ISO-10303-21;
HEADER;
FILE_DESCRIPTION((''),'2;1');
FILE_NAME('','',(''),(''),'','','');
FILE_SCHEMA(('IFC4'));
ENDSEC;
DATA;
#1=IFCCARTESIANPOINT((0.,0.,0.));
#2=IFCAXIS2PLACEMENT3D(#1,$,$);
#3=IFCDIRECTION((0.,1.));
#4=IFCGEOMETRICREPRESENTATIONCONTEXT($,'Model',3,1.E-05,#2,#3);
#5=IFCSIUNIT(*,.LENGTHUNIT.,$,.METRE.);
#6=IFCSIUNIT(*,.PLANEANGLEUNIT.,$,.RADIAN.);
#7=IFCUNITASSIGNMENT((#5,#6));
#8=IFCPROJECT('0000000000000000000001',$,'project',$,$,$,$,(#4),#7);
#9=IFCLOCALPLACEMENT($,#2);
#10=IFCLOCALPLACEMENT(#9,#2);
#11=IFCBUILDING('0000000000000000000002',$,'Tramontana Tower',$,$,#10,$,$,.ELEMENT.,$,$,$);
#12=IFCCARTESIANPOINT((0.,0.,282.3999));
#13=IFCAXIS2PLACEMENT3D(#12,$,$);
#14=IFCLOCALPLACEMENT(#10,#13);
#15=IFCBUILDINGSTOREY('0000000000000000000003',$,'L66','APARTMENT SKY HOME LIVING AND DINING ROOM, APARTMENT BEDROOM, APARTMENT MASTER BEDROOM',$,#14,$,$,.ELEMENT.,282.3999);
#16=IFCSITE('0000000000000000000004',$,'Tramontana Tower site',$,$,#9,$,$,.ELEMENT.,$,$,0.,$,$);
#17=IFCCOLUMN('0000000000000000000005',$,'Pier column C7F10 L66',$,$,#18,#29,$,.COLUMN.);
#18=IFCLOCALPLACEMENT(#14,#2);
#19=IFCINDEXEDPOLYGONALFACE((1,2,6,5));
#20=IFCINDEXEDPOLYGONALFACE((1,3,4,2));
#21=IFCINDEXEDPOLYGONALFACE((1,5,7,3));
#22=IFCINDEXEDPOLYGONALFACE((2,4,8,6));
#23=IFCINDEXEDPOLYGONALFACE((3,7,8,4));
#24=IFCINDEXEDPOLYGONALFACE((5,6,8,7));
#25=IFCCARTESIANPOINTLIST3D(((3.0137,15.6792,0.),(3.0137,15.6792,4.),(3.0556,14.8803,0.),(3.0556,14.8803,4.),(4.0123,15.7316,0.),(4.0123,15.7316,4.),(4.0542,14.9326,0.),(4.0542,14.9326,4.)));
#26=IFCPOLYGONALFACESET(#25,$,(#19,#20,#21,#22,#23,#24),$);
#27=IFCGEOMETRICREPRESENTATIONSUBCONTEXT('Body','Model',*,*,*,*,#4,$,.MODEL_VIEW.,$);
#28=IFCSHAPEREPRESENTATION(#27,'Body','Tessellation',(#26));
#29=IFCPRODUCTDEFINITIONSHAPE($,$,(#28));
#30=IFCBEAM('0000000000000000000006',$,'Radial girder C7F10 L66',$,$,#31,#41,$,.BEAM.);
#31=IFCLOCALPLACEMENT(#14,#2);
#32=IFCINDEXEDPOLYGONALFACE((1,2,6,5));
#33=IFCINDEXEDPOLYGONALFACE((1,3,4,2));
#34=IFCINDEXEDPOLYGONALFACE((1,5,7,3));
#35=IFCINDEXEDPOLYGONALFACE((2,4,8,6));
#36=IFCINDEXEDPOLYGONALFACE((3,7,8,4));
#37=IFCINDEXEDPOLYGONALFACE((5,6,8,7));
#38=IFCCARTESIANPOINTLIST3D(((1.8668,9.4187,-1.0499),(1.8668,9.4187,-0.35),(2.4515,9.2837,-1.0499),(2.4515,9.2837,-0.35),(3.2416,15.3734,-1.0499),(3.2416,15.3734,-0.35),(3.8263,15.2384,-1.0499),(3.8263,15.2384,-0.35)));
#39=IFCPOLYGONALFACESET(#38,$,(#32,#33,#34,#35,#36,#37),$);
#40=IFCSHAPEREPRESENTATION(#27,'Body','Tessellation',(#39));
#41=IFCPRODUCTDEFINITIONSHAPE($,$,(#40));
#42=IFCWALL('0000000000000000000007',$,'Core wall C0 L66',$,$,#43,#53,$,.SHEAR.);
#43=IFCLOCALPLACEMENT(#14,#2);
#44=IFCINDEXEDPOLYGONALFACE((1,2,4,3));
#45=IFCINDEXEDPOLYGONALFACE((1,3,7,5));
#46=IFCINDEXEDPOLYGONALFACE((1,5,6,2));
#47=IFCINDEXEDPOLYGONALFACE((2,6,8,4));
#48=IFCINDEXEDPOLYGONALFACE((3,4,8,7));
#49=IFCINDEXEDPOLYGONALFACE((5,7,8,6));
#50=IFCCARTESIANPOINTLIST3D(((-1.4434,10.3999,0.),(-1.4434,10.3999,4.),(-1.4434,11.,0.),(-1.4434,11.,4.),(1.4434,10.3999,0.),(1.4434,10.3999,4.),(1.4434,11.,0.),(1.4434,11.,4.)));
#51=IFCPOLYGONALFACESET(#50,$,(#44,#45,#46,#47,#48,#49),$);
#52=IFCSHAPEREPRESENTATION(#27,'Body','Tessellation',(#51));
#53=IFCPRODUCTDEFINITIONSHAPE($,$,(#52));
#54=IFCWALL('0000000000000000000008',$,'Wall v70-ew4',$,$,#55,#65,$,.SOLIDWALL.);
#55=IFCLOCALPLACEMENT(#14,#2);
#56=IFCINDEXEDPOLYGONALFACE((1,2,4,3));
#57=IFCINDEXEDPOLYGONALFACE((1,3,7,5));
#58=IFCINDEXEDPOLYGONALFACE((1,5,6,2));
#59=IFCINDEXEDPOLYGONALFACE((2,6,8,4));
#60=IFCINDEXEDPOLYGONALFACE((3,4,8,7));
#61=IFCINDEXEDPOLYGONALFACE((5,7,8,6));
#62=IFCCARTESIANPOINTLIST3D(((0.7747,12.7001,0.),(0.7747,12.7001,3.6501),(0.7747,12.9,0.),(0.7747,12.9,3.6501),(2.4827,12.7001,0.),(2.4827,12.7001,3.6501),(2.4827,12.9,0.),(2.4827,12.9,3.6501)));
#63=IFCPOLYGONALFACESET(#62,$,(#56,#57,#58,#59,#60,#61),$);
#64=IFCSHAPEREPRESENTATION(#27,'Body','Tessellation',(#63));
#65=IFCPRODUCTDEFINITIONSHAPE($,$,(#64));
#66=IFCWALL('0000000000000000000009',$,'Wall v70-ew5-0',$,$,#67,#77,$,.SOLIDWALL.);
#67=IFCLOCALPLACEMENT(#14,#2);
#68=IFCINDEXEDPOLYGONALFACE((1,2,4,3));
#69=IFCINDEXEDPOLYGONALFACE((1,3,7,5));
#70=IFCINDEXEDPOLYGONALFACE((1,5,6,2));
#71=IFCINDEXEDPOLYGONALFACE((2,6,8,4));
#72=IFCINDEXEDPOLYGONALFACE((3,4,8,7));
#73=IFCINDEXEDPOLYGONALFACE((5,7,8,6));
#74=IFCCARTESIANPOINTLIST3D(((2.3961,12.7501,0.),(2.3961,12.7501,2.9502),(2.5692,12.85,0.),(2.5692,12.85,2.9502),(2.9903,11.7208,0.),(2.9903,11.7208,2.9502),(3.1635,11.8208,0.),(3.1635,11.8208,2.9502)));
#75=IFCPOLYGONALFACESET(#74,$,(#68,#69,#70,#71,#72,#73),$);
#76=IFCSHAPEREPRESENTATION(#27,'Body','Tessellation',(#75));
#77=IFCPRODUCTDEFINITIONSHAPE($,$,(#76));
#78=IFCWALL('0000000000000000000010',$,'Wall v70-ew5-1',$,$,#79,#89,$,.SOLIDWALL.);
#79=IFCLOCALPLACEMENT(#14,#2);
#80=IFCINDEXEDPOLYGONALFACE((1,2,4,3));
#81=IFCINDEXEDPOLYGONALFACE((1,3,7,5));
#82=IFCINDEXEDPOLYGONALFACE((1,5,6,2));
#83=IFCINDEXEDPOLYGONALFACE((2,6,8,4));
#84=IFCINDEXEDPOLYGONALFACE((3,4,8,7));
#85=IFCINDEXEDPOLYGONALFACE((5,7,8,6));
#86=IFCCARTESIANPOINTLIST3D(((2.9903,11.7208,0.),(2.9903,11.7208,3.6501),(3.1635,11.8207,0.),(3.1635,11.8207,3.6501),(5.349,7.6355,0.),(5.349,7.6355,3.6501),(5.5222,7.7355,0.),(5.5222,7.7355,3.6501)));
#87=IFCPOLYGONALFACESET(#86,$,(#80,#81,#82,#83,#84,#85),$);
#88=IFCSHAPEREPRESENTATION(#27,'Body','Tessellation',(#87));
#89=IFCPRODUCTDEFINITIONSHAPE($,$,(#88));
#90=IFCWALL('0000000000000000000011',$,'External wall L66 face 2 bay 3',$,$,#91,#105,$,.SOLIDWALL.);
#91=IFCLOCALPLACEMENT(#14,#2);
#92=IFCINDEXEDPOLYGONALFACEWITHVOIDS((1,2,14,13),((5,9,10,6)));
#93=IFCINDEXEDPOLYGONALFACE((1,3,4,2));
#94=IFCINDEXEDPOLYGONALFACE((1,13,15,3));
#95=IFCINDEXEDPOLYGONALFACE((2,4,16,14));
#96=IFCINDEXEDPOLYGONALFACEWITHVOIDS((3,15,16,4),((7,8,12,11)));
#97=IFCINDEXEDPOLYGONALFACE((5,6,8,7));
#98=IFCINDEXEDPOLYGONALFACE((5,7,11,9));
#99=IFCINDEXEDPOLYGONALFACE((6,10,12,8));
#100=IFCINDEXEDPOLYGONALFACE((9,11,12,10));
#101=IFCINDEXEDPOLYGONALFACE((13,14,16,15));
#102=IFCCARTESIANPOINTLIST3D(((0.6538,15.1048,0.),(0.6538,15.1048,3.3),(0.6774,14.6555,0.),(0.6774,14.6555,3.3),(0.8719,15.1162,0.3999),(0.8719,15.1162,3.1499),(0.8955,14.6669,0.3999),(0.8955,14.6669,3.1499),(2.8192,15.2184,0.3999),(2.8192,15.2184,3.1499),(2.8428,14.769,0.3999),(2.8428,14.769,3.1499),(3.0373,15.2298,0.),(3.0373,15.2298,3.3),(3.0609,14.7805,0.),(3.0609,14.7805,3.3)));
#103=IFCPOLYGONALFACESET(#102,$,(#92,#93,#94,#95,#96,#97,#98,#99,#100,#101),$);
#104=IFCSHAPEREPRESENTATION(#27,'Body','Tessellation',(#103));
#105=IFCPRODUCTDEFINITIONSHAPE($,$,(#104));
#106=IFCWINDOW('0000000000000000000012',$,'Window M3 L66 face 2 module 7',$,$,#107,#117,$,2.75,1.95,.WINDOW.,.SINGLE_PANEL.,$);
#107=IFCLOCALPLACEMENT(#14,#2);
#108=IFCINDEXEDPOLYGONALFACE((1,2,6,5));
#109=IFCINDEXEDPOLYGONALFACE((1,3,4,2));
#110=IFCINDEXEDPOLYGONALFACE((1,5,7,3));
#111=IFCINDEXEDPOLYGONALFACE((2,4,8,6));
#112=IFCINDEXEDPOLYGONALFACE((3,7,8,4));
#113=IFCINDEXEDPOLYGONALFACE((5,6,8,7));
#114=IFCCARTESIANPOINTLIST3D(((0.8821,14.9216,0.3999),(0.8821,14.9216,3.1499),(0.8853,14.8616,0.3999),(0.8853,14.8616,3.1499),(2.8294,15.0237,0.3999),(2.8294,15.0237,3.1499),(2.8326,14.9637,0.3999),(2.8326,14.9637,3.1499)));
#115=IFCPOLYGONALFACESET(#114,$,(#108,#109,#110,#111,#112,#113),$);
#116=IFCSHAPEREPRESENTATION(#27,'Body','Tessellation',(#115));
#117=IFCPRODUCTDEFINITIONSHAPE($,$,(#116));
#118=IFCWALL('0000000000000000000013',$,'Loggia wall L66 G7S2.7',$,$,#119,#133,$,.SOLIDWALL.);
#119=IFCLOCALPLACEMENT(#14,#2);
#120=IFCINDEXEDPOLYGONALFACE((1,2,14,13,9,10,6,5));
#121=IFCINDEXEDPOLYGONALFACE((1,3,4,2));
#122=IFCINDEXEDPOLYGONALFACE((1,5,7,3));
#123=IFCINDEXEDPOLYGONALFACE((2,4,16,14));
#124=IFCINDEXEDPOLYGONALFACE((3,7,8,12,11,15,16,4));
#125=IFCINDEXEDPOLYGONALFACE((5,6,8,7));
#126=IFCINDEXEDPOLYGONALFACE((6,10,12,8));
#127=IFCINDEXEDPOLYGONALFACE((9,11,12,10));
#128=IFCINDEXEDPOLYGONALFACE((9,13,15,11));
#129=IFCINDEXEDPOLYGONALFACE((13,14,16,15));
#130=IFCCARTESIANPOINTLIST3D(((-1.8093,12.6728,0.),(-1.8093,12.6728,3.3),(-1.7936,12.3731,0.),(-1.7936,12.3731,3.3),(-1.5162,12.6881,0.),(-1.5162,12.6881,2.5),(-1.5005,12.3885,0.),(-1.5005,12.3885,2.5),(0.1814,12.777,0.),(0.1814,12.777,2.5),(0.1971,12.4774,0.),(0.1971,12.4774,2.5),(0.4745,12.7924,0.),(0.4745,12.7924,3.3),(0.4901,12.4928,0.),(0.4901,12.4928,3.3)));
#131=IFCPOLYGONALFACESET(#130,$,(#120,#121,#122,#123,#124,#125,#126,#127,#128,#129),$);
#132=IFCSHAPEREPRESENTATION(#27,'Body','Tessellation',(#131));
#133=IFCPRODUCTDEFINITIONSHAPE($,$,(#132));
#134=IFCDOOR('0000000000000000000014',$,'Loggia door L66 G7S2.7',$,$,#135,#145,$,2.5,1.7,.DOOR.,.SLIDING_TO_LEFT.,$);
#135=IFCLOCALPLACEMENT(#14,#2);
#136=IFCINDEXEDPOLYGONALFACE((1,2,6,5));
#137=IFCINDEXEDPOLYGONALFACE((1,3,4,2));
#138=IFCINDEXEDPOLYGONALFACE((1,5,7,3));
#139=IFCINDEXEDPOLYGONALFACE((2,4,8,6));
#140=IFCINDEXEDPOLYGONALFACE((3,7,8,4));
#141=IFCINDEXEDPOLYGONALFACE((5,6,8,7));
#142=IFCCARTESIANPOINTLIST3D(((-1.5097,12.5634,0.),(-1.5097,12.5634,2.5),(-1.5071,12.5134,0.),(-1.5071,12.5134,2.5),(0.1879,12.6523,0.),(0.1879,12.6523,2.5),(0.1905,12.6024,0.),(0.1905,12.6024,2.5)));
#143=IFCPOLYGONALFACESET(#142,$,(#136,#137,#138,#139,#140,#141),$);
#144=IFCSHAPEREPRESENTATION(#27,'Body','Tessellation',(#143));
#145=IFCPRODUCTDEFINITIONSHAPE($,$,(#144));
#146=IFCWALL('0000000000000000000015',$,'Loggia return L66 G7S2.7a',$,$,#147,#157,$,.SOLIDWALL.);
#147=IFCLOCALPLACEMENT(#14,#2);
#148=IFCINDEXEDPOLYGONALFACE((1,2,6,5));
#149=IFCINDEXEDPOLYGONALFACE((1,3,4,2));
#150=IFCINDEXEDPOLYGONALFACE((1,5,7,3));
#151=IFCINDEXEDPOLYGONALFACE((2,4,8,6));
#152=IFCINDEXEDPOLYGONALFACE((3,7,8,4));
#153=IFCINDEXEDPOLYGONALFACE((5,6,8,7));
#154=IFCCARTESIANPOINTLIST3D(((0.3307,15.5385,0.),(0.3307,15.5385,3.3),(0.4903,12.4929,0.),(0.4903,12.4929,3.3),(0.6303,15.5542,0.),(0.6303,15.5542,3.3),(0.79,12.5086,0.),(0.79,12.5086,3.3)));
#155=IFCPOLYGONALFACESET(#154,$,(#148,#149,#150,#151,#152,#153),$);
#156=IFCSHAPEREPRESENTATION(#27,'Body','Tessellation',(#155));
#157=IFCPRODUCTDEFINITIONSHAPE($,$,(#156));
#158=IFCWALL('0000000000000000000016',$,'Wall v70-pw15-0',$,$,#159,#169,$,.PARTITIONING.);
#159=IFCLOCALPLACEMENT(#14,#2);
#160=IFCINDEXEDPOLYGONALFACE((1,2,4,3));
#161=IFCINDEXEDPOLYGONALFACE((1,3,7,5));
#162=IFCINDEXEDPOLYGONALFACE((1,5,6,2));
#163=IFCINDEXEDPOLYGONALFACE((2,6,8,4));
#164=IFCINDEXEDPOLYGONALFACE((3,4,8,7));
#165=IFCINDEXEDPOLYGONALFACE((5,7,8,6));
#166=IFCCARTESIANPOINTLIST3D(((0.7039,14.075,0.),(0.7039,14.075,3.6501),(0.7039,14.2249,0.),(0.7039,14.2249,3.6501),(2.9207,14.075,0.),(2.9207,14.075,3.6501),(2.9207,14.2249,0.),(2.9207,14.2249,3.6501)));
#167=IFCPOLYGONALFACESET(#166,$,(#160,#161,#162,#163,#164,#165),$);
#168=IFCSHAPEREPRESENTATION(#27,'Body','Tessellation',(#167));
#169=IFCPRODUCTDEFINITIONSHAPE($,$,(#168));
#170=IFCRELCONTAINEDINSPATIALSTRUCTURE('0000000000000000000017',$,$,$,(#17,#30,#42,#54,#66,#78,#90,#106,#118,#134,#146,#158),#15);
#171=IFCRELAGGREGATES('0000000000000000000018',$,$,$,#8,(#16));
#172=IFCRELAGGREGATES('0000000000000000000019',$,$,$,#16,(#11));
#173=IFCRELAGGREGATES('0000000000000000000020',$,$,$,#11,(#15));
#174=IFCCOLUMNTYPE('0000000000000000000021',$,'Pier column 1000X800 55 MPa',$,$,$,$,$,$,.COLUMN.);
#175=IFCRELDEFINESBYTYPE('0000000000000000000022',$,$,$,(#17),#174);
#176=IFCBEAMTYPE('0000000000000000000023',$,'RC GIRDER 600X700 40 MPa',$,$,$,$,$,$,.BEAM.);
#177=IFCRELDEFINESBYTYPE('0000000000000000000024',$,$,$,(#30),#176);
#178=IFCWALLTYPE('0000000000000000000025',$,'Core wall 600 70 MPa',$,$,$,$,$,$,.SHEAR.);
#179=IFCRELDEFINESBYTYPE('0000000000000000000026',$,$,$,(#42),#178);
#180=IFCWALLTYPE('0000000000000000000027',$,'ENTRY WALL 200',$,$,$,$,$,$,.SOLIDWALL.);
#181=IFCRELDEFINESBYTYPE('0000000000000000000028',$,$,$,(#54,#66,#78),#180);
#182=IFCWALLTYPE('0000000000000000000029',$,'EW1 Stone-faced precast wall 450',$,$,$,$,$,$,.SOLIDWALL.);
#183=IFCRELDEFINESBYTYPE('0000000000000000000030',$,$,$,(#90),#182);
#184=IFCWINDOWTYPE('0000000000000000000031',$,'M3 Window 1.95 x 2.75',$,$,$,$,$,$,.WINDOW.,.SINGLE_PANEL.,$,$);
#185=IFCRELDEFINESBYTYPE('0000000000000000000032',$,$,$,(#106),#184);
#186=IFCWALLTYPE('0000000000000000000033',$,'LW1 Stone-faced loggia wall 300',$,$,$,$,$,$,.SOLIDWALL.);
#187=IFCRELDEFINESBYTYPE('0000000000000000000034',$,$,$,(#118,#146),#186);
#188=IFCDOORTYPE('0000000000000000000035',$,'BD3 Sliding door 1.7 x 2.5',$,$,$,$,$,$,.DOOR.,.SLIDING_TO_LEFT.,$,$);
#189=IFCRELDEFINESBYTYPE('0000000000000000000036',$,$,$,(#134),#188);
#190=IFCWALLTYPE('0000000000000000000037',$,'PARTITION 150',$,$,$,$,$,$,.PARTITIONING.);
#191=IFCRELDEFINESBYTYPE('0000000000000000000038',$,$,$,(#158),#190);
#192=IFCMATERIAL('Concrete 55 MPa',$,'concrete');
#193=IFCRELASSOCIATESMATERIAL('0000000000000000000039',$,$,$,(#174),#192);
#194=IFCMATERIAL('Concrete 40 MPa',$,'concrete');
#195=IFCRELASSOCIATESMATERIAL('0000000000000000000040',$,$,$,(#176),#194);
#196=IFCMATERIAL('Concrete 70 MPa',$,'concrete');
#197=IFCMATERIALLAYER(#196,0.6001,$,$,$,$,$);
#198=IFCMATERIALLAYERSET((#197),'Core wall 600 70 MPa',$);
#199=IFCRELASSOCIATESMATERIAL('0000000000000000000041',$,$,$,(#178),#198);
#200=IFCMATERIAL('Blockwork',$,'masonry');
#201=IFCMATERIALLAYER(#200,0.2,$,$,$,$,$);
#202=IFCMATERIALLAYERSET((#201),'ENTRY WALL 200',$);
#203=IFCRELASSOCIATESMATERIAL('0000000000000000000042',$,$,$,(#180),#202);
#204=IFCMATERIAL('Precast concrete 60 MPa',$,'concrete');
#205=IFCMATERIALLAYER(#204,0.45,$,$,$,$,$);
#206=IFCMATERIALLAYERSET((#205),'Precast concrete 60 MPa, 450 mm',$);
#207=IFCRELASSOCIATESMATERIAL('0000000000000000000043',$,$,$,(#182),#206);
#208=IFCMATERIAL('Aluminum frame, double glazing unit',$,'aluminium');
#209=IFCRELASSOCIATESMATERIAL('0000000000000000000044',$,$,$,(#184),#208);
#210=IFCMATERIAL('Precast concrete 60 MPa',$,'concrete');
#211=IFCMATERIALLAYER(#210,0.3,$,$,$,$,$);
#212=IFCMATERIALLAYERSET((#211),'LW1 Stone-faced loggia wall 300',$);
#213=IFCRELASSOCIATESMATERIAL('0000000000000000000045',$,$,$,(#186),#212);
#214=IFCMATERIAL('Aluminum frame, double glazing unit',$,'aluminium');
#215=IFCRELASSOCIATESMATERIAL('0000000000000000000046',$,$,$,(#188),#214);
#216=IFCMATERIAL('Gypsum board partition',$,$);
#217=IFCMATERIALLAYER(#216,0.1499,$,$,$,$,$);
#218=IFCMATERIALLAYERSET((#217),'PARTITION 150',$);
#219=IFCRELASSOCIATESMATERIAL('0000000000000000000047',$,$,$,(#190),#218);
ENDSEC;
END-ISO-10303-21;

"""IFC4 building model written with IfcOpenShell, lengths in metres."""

from ifc_helpers import new_model, si_unit, direction, frame, frame_2d, origin, origin_2d, place, context, subcontext, project, spatial, rectangle, extrude, material, layer, layer_set, material_profile, profile_set, type_object, element, fill, save


model = new_model("IFC4")

# Units and contexts
model_context = context("Model", 3, precision=1e-05, world=origin(), true_north=direction((0.0, 1.0)))
body_context = subcontext(model_context, "Body", "Model", "MODEL_VIEW")
ifc_project = project(units=[si_unit("LENGTHUNIT", "METRE"), si_unit("PLANEANGLEUNIT", "RADIAN")], contexts=[model_context])

# Site, building, storey
site_placement = place(None, origin())
site = spatial("IfcSite", under=ifc_project, at=site_placement, Name="Tramontana Tower site", CompositionType="ELEMENT", RefElevation=0.0)
building_placement = place(site_placement, origin())
building = spatial("IfcBuilding", under=site, at=building_placement, Name="Tramontana Tower", CompositionType="ELEMENT")
storey_placement = place(building_placement, frame((0.0, 0.0, 282.3999)))
storey = spatial("IfcBuildingStorey", under=building, at=storey_placement, Name="L66", Description="APARTMENT SKY HOME LIVING AND DINING ROOM, APARTMENT BEDROOM, APARTMENT MASTER BEDROOM", CompositionType="ELEMENT", Elevation=282.3999)

# Column
ifc_material_1 = material(Name="Concrete 55 MPa", Category="concrete")
ifc_material_profile_1 = material_profile(ifc_material_1, rectangle(XDim=1.0, YDim=0.8, at=origin_2d()), Name="Pier column 1000X800 55 MPa")
ifc_profile_set_1 = profile_set([ifc_material_profile_1], Name="Concrete 55 MPa")
column_type = type_object("IfcColumnType", Name="Pier column 1000X800 55 MPa", PredefinedType="COLUMN", material=ifc_profile_set_1)
column_placement = place(storey_placement, frame((3.5339, 15.3059, 0.0), z_axis=(0.0, 0.0, 1.0), x_axis=(-0.99863, -0.052336, 0.0)))
element("IfcColumn", 1, at=column_placement, inside=storey, type_object=column_type, Name="Pier column C7F10 L66", PredefinedType="COLUMN", context=body_context, shape_type="SweptSolid", body=[
    extrude(rectangle(XDim=1.0, YDim=0.8, at=origin_2d()), origin(), (0.0, 0.0, 1.0), 4.0),
])

# Beam
ifc_material_2 = material(Name="Concrete 40 MPa", Category="concrete")
ifc_material_profile_2 = material_profile(ifc_material_2, rectangle(XDim=0.6001, YDim=0.7, at=origin_2d()), Name="RC GIRDER 600X700 40 MPa")
ifc_profile_set_2 = profile_set([ifc_material_profile_2], Name="Concrete 40 MPa")
beam_type = type_object("IfcBeamType", Name="RC GIRDER 600X700 40 MPa", PredefinedType="BEAM", material=ifc_profile_set_2)
beam_placement = place(storey_placement, frame((3.5339, 15.3059, -0.7), z_axis=(-0.224956, -0.974369, 0.0), x_axis=(0.974369, -0.224956, 0.0)))
element("IfcBeam", 2, at=beam_placement, inside=storey, type_object=beam_type, Name="Radial girder C7F10 L66", PredefinedType="BEAM", context=body_context, shape_type="SweptSolid", body=[
    extrude(rectangle(XDim=0.6001, YDim=0.7, at=origin_2d()), origin(), (0.0, 0.0, 1.0), 6.1113),
])

# Walls
ifc_material_3 = material(Name="Concrete 70 MPa", Category="concrete")
ifc_layer_1 = layer(ifc_material_3, 0.6001)
ifc_layer_set_1 = layer_set([ifc_layer_1], Name="Core wall 600 70 MPa")
wall_type_1 = type_object("IfcWallType", Name="Core wall 600 70 MPa", PredefinedType="SHEAR", material=ifc_layer_set_1)
wall_1_placement = place(storey_placement, frame((1.4434, 10.7, 0.0), z_axis=(0.0, 0.0, 1.0), x_axis=(-1.0, 0.0, 0.0)))
element("IfcWall", 3, at=wall_1_placement, inside=storey, type_object=wall_type_1, Name="Core wall C0 L66", PredefinedType="SHEAR", context=body_context, shape_type="SweptSolid", body=[
    extrude(rectangle(XDim=2.8867, YDim=0.6001, at=frame_2d((1.4434, 0.0))), origin(), (0.0, 0.0, 1.0), 4.0),
])
ifc_material_4 = material(Name="Blockwork", Category="masonry")
ifc_layer_2 = layer(ifc_material_4, 0.2)
ifc_layer_set_2 = layer_set([ifc_layer_2], Name="ENTRY WALL 200")
wall_type_2 = type_object("IfcWallType", Name="ENTRY WALL 200", PredefinedType="SOLIDWALL", material=ifc_layer_set_2)
wall_2_placement = place(storey_placement, frame((0.7747, 12.8, 0.0), z_axis=(0.0, 0.0, 1.0), x_axis=(1.0, 0.0, 0.0)))
element("IfcWall", 4, at=wall_2_placement, inside=storey, type_object=wall_type_2, Name="Wall v70-ew4", PredefinedType="SOLIDWALL", context=body_context, shape_type="SweptSolid", body=[
    extrude(rectangle(XDim=1.708, YDim=0.2, at=frame_2d((0.854, 0.0))), origin(), (0.0, 0.0, 1.0), 3.6501),
])
wall_3_placement = place(storey_placement, frame((2.4827, 12.8, 0.0), z_axis=(0.0, 0.0, 1.0), x_axis=(0.499983, -0.866035, 0.0)))
element("IfcWall", 5, at=wall_3_placement, inside=storey, type_object=wall_type_2, Name="Wall v70-ew5-0", PredefinedType="SOLIDWALL", context=body_context, shape_type="SweptSolid", body=[
    extrude(rectangle(XDim=1.1885, YDim=0.2, at=frame_2d((0.5942, 0.0))), origin(), (0.0, 0.0, 1.0), 2.9502),
])
wall_4_placement = place(storey_placement, frame((3.0769, 11.7708, 0.0), z_axis=(0.0, 0.0, 1.0), x_axis=(0.500008, -0.866021, 0.0)))
element("IfcWall", 6, at=wall_4_placement, inside=storey, type_object=wall_type_2, Name="Wall v70-ew5-1", PredefinedType="SOLIDWALL", context=body_context, shape_type="SweptSolid", body=[
    extrude(rectangle(XDim=4.7173, YDim=0.2, at=frame_2d((2.3586, 0.0))), origin(), (0.0, 0.0, 1.0), 3.6501),
])

# Wall, opening, window
ifc_material_5 = material(Name="Precast concrete 60 MPa", Category="concrete")
ifc_layer_3 = layer(ifc_material_5, 0.45)
ifc_layer_set_3 = layer_set([ifc_layer_3], Name="Precast concrete 60 MPa, 450 mm")
wall_type_3 = type_object("IfcWallType", Name="EW1 Stone-faced precast wall 450", PredefinedType="SOLIDWALL", material=ifc_layer_set_3)
wall_5_placement = place(storey_placement, frame((3.0491, 15.0051, 0.0), z_axis=(0.0, 0.0, 1.0), x_axis=(-0.998628, -0.052371, 0.0)))
wall_5 = element("IfcWall", 7, at=wall_5_placement, inside=storey, type_object=wall_type_3, Name="External wall L66 face 2 bay 3", PredefinedType="SOLIDWALL", context=body_context, shape_type="SweptSolid", body=[
    extrude(rectangle(XDim=2.3867, YDim=0.45, at=frame_2d((1.1934, 0.0))), origin(), (0.0, 0.0, 1.0), 3.3),
])
opening_1_placement = place(wall_5_placement, frame((0.2183, 0.0, 0.3999)))
opening_1 = element("IfcOpeningElement", 8, at=opening_1_placement, cuts=wall_5, PredefinedType="OPENING", context=body_context, shape_type="SweptSolid", body=[
    extrude(rectangle(XDim=1.95, YDim=2.75, at=frame_2d((0.9751, 1.375))), frame((0.0, 0.2349, 0.0), z_axis=(0.0, -1.0, 0.0), x_axis=(1.0, 0.0, 0.0)), (0.0, 0.0, 1.0), 0.47),
])
ifc_material_6 = material(Name="Aluminum frame, double glazing unit", Category="aluminium")
window_type = type_object("IfcWindowType", Name="M3 Window 1.95 x 2.75", PartitioningType="SINGLE_PANEL", PredefinedType="WINDOW", material=ifc_material_6)
window_placement = place(opening_1_placement, origin())
window = element("IfcWindow", 9, at=window_placement, inside=storey, type_object=window_type, Name="Window M3 L66 face 2 module 7", OverallHeight=2.75, OverallWidth=1.95, PartitioningType="SINGLE_PANEL", PredefinedType="WINDOW", context=body_context, shape_type="SweptSolid", body=[
    extrude(rectangle(XDim=1.95, YDim=2.75, at=frame_2d((0.9751, 1.375))), frame((0.0, 0.03, 0.0), z_axis=(0.0, -1.0, 0.0), x_axis=(1.0, 0.0, 0.0)), (0.0, 0.0, 1.0), 0.0601),
])
fill(opening_1, window)

# Wall, opening, door
ifc_material_7 = material(Name="Precast concrete 60 MPa", Category="concrete")
ifc_layer_4 = layer(ifc_material_7, 0.3)
ifc_layer_set_4 = layer_set([ifc_layer_4], Name="LW1 Stone-faced loggia wall 300")
wall_type_4 = type_object("IfcWallType", Name="LW1 Stone-faced loggia wall 300", PredefinedType="SOLIDWALL", material=ifc_layer_set_4)
wall_6_placement = place(storey_placement, frame((0.4824, 12.6426, 0.0), z_axis=(0.0, 0.0, 1.0), x_axis=(-0.998631, -0.052312, 0.0)))
wall_6 = element("IfcWall", 10, at=wall_6_placement, inside=storey, type_object=wall_type_4, Name="Loggia wall L66 G7S2.7", PredefinedType="SOLIDWALL", context=body_context, shape_type="SweptSolid", body=[
    extrude(rectangle(XDim=2.2869, YDim=0.3, at=frame_2d((1.1436, 0.0))), origin(), (0.0, 0.0, 1.0), 3.3),
])
opening_2_placement = place(wall_6_placement, frame((0.2935, 0.0, 0.0)))
opening_2 = element("IfcOpeningElement", 11, at=opening_2_placement, cuts=wall_6, PredefinedType="OPENING", context=body_context, shape_type="SweptSolid", body=[
    extrude(rectangle(XDim=1.7, YDim=2.5, at=frame_2d((0.8501, 1.25))), frame((0.0, 0.1599, 0.0), z_axis=(0.0, -1.0, 0.0), x_axis=(1.0, 0.0, 0.0)), (0.0, 0.0, 1.0), 0.3201),
])
ifc_material_8 = material(Name="Aluminum frame, double glazing unit", Category="aluminium")
door_type_1 = type_object("IfcDoorType", Name="BD3 Sliding door 1.7 x 2.5", OperationType="SLIDING_TO_LEFT", PredefinedType="DOOR", material=ifc_material_8)
door_1_placement = place(opening_2_placement, origin())
door_1 = element("IfcDoor", 12, at=door_1_placement, inside=storey, type_object=door_type_1, Name="Loggia door L66 G7S2.7", OperationType="SLIDING_TO_LEFT", OverallHeight=2.5, OverallWidth=1.7, PredefinedType="DOOR", context=body_context, shape_type="SweptSolid", body=[
    extrude(rectangle(XDim=1.7, YDim=2.5, at=frame_2d((0.8501, 1.25))), frame((0.0, 0.0249, 0.0), z_axis=(0.0, -1.0, 0.0), x_axis=(1.0, 0.0, 0.0)), (0.0, 0.0, 1.0), 0.05),
])
fill(opening_2, door_1)

# Walls
wall_7_placement = place(storey_placement, frame((0.4805, 15.5464, 0.0), z_axis=(0.0, 0.0, 1.0), x_axis=(0.052353, -0.998629, 0.0)))
element("IfcWall", 13, at=wall_7_placement, inside=storey, type_object=wall_type_4, Name="Loggia return L66 G7S2.7a", PredefinedType="SOLIDWALL", context=body_context, shape_type="SweptSolid", body=[
    extrude(rectangle(XDim=3.0498, YDim=0.3, at=frame_2d((1.5249, 0.0))), origin(), (0.0, 0.0, 1.0), 3.3),
])
ifc_material_9 = material(Name="Gypsum board partition")
ifc_layer_5 = layer(ifc_material_9, 0.1499)
ifc_layer_set_5 = layer_set([ifc_layer_5], Name="PARTITION 150")
wall_type_5 = type_object("IfcWallType", Name="PARTITION 150", PredefinedType="PARTITIONING", material=ifc_layer_set_5)
wall_8_placement = place(storey_placement, frame((0.7039, 14.1499, 0.0), z_axis=(0.0, 0.0, 1.0), x_axis=(1.0, 0.0, 0.0)))
element("IfcWall", 14, at=wall_8_placement, inside=storey, type_object=wall_type_5, Name="Wall v70-pw15-0", PredefinedType="PARTITIONING", context=body_context, shape_type="SweptSolid", body=[
    extrude(rectangle(XDim=2.2168, YDim=0.1499, at=frame_2d((1.1084, 0.0))), origin(), (0.0, 0.0, 1.0), 3.6501),
])

save(model, "model.ifc")
